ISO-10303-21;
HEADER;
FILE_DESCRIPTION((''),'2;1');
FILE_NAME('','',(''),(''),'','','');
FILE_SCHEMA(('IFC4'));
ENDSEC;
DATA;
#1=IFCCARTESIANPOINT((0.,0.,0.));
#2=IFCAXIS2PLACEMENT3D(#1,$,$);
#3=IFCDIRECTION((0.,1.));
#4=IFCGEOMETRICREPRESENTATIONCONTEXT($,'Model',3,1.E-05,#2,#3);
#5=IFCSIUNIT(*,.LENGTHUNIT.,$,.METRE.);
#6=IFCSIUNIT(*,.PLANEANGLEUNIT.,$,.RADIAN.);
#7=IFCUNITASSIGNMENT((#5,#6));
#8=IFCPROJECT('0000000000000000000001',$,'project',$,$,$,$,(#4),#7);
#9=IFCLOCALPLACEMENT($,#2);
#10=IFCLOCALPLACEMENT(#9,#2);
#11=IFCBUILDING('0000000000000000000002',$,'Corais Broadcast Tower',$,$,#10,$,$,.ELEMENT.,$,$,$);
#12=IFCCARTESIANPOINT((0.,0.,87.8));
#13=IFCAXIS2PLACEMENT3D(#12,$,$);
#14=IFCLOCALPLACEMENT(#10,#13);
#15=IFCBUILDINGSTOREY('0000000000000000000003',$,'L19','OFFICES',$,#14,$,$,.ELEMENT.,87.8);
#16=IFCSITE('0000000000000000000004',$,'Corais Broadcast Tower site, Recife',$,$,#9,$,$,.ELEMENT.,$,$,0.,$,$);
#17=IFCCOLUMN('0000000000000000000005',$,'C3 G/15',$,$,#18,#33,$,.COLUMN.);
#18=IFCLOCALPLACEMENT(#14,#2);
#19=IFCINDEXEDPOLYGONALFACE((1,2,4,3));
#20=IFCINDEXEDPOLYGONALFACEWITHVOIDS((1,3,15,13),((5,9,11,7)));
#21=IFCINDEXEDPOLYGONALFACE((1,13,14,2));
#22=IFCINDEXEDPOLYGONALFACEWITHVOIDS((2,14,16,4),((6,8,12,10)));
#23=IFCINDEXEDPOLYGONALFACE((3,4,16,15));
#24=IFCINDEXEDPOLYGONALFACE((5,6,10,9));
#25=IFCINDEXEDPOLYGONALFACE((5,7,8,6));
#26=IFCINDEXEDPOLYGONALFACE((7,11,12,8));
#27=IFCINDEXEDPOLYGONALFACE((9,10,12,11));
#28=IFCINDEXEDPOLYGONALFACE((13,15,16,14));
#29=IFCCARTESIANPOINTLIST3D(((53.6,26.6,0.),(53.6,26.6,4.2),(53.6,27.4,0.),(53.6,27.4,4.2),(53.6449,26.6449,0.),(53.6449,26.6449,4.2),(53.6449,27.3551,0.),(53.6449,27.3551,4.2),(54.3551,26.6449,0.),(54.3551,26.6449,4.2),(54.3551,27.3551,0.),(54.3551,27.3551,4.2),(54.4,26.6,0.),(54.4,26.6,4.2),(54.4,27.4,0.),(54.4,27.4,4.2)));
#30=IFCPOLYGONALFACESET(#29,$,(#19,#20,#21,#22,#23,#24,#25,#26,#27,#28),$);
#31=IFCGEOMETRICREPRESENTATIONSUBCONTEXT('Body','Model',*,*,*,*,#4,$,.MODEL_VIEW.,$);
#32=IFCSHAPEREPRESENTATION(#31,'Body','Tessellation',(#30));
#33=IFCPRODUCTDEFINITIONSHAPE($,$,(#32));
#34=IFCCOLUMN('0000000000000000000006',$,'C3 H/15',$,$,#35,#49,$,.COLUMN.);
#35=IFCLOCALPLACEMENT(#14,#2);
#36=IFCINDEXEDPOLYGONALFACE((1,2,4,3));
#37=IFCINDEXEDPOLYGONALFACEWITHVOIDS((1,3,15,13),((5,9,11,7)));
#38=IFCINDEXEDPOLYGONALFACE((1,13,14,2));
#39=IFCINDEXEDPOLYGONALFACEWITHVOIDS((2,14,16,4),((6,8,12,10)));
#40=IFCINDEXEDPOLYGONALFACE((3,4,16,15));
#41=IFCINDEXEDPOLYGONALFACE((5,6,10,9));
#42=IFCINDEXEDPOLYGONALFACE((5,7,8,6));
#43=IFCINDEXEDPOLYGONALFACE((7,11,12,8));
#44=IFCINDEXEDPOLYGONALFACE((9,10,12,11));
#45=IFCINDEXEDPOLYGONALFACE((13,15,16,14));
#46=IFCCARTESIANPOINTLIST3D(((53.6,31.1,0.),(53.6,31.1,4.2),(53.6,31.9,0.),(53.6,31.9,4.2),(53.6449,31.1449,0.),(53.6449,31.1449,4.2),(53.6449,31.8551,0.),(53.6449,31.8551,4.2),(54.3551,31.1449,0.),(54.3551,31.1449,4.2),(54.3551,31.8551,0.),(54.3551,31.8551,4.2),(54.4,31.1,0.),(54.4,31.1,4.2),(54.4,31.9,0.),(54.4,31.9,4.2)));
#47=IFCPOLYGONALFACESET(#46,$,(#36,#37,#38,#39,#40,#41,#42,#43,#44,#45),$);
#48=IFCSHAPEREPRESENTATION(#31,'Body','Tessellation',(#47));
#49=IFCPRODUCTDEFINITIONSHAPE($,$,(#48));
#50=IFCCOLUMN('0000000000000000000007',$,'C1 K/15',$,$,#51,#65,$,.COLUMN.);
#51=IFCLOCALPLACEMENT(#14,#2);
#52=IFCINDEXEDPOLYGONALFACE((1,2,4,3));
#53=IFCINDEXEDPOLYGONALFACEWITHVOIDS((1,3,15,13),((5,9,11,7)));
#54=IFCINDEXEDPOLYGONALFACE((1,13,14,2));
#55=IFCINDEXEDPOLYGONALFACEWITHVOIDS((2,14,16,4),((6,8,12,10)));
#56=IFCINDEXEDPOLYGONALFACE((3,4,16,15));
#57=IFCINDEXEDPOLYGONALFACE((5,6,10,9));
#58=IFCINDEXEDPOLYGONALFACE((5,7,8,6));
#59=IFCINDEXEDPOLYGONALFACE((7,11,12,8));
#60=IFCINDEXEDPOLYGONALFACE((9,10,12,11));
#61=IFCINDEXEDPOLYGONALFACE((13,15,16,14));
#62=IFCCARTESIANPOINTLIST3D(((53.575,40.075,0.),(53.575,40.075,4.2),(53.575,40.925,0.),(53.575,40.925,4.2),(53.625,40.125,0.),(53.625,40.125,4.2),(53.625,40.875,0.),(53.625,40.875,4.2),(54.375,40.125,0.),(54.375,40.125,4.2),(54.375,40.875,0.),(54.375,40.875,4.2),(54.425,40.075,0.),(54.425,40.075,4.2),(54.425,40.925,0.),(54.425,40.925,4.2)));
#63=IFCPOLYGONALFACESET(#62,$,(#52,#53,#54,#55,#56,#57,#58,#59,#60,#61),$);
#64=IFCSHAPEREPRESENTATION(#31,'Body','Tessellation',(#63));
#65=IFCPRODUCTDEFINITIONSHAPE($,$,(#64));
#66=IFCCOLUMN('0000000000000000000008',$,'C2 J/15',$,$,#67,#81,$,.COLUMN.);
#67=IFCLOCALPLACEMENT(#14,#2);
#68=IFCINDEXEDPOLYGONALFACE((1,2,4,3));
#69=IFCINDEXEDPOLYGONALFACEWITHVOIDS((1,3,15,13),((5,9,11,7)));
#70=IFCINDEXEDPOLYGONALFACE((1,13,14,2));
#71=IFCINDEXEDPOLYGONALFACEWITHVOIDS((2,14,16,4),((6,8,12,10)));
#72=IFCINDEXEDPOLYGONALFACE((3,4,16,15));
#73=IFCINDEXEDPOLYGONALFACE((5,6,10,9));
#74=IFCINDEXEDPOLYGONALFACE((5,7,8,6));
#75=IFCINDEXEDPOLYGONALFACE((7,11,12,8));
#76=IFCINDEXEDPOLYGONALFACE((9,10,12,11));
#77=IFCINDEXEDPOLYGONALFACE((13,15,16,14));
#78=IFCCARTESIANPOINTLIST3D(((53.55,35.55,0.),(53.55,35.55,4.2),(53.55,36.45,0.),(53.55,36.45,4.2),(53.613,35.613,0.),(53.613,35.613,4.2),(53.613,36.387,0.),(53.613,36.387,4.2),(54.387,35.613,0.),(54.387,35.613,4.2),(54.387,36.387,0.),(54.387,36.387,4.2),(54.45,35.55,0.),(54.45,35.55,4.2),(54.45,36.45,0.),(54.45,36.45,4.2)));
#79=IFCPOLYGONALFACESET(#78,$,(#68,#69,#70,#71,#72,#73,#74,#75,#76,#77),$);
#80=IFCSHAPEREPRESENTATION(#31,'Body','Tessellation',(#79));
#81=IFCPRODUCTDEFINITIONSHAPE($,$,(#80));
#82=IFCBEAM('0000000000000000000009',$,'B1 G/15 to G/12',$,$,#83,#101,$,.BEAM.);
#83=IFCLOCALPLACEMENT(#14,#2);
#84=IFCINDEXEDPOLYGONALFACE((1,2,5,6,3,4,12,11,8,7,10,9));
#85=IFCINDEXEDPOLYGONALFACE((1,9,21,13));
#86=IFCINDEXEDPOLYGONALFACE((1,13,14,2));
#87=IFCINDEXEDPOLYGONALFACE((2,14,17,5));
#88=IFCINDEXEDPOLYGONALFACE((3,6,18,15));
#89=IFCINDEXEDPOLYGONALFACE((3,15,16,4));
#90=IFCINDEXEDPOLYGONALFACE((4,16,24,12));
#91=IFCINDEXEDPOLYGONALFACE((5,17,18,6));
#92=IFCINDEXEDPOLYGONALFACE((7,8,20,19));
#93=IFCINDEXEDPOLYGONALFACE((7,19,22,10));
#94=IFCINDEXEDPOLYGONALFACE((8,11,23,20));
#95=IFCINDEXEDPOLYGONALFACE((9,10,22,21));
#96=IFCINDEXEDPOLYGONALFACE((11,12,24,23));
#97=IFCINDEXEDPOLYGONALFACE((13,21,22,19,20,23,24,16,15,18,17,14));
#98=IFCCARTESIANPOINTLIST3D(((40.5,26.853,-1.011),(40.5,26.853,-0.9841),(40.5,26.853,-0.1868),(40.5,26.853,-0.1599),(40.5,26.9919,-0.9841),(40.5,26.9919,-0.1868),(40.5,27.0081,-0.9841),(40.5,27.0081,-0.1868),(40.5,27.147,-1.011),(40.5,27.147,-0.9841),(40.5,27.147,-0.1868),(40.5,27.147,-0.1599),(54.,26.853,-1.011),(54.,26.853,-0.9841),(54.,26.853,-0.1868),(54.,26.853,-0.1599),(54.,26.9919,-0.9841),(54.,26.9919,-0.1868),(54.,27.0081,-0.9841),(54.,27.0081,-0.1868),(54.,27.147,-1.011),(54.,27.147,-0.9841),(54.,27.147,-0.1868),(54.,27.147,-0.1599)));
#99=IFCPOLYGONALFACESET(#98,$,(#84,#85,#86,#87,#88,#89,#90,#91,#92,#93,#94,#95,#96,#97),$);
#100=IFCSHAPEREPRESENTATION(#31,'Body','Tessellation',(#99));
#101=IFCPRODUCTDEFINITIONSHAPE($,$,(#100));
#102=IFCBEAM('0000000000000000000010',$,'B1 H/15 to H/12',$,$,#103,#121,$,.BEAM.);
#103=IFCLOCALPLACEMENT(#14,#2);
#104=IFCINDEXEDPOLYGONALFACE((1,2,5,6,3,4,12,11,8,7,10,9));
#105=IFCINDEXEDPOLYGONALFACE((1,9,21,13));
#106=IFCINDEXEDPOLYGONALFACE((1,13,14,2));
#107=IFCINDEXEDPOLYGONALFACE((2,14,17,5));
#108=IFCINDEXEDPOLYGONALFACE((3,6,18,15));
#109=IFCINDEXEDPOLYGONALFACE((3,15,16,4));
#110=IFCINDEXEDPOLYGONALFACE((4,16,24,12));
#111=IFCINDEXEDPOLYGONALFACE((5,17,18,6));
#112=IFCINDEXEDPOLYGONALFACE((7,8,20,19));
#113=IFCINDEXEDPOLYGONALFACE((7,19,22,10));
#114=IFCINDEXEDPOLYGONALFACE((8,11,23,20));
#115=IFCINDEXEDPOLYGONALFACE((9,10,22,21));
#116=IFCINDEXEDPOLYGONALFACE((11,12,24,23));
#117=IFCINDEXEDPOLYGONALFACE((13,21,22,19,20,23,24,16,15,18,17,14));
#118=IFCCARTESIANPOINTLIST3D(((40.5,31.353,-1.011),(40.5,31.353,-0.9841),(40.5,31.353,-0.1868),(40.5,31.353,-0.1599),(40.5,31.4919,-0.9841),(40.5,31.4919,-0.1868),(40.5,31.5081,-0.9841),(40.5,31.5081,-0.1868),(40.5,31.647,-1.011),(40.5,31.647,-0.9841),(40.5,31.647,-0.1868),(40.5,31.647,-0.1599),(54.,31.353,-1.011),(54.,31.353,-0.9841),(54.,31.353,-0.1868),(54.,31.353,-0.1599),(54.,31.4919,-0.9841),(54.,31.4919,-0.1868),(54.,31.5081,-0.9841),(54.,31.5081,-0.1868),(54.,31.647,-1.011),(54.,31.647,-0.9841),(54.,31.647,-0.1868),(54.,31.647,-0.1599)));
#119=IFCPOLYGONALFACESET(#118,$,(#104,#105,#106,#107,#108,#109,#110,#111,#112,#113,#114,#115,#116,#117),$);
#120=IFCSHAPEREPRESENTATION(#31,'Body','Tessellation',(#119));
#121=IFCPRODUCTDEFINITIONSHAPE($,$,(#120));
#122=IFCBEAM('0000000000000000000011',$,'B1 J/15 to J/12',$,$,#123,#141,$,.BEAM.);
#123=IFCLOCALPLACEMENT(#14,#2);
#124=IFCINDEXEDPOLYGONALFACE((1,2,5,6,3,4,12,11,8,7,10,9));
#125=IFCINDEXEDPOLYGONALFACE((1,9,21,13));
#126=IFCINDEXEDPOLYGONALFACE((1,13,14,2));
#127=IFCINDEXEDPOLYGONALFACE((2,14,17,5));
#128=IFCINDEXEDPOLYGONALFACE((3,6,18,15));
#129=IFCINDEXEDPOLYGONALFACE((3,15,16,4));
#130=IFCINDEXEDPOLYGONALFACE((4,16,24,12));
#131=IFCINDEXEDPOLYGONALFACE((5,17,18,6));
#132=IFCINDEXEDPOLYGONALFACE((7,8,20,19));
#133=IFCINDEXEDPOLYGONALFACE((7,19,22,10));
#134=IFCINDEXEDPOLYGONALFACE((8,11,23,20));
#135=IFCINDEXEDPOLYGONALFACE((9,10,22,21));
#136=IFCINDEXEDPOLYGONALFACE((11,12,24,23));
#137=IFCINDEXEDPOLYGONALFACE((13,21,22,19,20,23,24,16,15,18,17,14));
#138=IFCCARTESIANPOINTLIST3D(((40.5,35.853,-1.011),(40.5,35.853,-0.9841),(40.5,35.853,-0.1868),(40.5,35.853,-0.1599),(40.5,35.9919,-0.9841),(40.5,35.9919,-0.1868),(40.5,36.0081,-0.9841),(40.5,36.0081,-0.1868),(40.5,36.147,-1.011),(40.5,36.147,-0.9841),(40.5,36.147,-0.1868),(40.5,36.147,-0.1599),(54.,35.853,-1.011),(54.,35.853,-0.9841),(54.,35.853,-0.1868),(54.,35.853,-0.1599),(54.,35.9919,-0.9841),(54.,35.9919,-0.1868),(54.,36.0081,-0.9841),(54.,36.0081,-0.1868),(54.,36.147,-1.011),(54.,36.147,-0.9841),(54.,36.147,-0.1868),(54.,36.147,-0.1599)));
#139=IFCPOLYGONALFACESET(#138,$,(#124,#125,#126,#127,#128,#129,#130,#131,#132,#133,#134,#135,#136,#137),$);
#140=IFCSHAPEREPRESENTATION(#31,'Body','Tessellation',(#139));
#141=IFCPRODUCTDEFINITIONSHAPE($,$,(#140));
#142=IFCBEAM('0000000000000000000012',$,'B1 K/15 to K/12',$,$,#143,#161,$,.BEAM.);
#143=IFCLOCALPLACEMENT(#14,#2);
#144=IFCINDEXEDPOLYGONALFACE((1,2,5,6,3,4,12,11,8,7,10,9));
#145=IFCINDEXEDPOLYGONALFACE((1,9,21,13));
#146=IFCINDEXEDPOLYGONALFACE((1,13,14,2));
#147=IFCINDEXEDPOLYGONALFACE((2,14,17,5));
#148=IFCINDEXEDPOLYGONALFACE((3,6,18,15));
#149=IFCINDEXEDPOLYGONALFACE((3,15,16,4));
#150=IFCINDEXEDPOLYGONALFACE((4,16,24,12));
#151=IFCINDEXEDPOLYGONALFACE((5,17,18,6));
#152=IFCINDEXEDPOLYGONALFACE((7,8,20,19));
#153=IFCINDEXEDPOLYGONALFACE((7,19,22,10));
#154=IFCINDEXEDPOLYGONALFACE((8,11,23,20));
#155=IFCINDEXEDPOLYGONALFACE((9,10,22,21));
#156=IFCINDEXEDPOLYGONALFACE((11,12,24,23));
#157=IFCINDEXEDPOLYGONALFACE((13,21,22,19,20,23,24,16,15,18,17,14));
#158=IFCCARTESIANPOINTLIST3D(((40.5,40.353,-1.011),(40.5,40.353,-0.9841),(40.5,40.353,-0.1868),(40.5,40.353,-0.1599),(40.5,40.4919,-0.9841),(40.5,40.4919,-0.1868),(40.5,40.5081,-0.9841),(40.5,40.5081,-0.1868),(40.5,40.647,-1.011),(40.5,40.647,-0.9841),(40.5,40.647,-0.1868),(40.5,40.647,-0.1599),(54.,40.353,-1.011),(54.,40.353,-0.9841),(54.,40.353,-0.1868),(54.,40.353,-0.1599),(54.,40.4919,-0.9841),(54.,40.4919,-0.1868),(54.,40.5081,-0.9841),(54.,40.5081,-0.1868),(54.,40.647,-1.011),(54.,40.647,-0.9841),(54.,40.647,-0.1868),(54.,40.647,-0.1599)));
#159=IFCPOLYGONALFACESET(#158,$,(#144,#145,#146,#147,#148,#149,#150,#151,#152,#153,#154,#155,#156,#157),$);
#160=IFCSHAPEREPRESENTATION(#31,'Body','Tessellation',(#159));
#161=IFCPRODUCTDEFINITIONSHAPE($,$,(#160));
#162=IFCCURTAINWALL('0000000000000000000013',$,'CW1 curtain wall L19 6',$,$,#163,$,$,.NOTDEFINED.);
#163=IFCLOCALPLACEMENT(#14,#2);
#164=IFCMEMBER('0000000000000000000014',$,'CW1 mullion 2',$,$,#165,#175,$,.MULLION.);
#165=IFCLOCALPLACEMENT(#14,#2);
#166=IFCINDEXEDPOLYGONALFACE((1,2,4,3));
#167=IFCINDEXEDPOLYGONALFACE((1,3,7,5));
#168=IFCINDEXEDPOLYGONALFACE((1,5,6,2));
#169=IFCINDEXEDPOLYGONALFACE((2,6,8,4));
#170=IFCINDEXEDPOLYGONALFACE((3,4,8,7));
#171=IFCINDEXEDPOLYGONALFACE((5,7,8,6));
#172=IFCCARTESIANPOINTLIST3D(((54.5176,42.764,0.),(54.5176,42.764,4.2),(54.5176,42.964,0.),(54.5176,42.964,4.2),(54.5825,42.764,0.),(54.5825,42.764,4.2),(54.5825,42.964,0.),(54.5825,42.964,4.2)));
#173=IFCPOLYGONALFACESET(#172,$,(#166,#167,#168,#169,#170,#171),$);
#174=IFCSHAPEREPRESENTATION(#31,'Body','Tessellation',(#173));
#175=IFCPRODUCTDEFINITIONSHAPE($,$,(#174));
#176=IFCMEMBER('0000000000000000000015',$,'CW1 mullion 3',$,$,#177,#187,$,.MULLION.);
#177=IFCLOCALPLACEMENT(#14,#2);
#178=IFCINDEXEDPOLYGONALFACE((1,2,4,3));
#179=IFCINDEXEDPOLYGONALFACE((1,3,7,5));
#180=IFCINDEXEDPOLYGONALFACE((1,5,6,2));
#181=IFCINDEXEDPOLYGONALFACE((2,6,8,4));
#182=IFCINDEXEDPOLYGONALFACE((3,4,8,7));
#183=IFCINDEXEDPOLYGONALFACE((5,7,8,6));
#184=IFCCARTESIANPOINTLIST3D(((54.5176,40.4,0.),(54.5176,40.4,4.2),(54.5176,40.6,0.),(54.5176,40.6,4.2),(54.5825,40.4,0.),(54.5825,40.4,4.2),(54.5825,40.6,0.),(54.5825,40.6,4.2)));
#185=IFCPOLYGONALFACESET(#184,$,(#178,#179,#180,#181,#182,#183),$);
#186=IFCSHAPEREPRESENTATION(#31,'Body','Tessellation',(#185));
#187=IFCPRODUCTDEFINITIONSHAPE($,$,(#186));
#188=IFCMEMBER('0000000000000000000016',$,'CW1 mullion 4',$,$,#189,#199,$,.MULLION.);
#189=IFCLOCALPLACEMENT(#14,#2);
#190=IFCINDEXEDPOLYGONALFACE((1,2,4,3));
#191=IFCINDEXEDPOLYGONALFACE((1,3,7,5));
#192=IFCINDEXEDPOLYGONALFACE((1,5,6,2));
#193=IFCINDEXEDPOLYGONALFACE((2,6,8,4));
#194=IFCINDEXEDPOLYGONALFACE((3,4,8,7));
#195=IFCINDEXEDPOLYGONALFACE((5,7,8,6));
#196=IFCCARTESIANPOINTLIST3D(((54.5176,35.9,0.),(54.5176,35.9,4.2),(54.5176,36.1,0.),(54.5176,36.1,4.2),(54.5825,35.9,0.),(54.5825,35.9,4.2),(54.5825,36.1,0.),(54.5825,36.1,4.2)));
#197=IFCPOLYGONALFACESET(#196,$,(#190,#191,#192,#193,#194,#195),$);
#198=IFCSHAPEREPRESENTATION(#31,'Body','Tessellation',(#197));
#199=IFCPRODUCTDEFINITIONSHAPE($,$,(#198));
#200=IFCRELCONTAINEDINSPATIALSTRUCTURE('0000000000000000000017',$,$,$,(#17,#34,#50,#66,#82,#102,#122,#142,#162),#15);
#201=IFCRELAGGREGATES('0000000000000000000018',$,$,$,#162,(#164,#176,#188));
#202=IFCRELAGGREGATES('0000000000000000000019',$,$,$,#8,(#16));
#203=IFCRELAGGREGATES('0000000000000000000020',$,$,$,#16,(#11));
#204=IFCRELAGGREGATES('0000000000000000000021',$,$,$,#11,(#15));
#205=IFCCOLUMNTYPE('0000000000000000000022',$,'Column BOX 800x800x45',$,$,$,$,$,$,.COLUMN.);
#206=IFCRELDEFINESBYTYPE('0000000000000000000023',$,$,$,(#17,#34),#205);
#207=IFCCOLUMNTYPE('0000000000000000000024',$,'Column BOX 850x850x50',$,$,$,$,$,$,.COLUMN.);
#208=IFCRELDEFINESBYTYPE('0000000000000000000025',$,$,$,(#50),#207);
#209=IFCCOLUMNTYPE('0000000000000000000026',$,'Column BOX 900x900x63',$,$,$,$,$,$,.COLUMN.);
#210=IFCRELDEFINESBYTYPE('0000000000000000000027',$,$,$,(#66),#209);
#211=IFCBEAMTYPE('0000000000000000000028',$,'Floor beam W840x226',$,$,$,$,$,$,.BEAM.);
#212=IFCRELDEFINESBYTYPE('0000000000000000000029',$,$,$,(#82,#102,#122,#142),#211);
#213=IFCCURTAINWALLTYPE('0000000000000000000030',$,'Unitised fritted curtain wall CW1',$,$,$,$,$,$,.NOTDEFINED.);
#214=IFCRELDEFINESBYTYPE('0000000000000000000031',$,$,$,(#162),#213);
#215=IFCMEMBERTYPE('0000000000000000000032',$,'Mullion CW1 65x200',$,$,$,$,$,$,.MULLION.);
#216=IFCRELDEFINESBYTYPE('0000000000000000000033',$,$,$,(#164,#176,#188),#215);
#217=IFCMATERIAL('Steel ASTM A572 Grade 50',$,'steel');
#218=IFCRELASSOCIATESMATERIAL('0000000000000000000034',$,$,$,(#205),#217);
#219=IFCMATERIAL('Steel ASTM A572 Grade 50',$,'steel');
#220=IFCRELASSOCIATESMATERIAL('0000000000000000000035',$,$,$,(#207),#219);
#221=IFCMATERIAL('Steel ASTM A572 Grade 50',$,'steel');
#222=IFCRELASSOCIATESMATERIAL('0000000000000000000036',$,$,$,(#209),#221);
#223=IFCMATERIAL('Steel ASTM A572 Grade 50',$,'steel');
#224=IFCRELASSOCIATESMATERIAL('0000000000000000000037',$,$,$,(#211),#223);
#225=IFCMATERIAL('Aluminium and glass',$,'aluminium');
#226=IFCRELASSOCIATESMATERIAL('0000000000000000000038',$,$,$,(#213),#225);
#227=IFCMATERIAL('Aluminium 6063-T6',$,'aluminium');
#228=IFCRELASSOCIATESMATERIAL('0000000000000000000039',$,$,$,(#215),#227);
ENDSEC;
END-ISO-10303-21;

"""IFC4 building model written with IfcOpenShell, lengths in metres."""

from ifc_helpers import new_model, si_unit, direction, frame, origin, origin_2d, place, context, subcontext, project, spatial, rectangle, hollow_rectangle, i_section, extrude, material, material_profile, profile_set, type_object, element, aggregate, save


model = new_model("IFC4")

# Units and contexts
model_context = context("Model", 3, precision=1e-05, world=origin(), true_north=direction((0.0, 1.0)))
body_context = subcontext(model_context, "Body", "Model", "MODEL_VIEW")
ifc_project = project(units=[si_unit("LENGTHUNIT", "METRE"), si_unit("PLANEANGLEUNIT", "RADIAN")], contexts=[model_context])

# Site, building, storey
site_placement = place(None, origin())
site = spatial("IfcSite", under=ifc_project, at=site_placement, Name="Corais Broadcast Tower site, Recife", CompositionType="ELEMENT", RefElevation=0.0)
building_placement = place(site_placement, origin())
building = spatial("IfcBuilding", under=site, at=building_placement, Name="Corais Broadcast Tower", CompositionType="ELEMENT")
storey_placement = place(building_placement, frame((0.0, 0.0, 87.8)))
storey = spatial("IfcBuildingStorey", under=building, at=storey_placement, Name="L19", Description="OFFICES", CompositionType="ELEMENT", Elevation=87.8)

# Columns
ifc_material_1 = material(Name="Steel ASTM A572 Grade 50", Category="steel")
ifc_material_profile_1 = material_profile(ifc_material_1, hollow_rectangle(XDim=0.8, YDim=0.8, WallThickness=0.0449, at=origin_2d()), Name="BOX 800x800x45")
ifc_profile_set_1 = profile_set([ifc_material_profile_1], Name="Steel ASTM A572 Grade 50")
column_type_1 = type_object("IfcColumnType", Name="Column BOX 800x800x45", PredefinedType="COLUMN", material=ifc_profile_set_1)
for number, where, z_axis, x_axis, name in (
    (1, (54.0, 27.0, 0.0), (0.0, 0.0, 1.0), (1.0, 0.0, 0.0), "C3 G/15"),
    (2, (54.0, 31.5, 0.0), (0.0, 0.0, 1.0), (1.0, 0.0, 0.0), "C3 H/15"),
):
    element("IfcColumn", number, at=place(storey_placement, frame(where, z_axis=z_axis, x_axis=x_axis)), inside=storey, type_object=column_type_1, Name=name, PredefinedType="COLUMN", context=body_context, shape_type="SweptSolid", body=[
        extrude(hollow_rectangle(XDim=0.8, YDim=0.8, WallThickness=0.0449, at=origin_2d()), origin(), (0.0, 0.0, 1.0), 4.2),
    ])
ifc_material_2 = material(Name="Steel ASTM A572 Grade 50", Category="steel")
ifc_material_profile_2 = material_profile(ifc_material_2, hollow_rectangle(XDim=0.8501, YDim=0.8501, WallThickness=0.05, at=origin_2d()), Name="BOX 850x850x50")
ifc_profile_set_2 = profile_set([ifc_material_profile_2], Name="Steel ASTM A572 Grade 50")
column_type_2 = type_object("IfcColumnType", Name="Column BOX 850x850x50", PredefinedType="COLUMN", material=ifc_profile_set_2)
column_1_placement = place(storey_placement, frame((54.0, 40.5, 0.0), z_axis=(0.0, 0.0, 1.0), x_axis=(1.0, 0.0, 0.0)))
element("IfcColumn", 3, at=column_1_placement, inside=storey, type_object=column_type_2, Name="C1 K/15", PredefinedType="COLUMN", context=body_context, shape_type="SweptSolid", body=[
    extrude(hollow_rectangle(XDim=0.8501, YDim=0.8501, WallThickness=0.05, at=origin_2d()), origin(), (0.0, 0.0, 1.0), 4.2),
])
ifc_material_3 = material(Name="Steel ASTM A572 Grade 50", Category="steel")
ifc_material_profile_3 = material_profile(ifc_material_3, hollow_rectangle(XDim=0.8999, YDim=0.8999, WallThickness=0.063, at=origin_2d()), Name="BOX 900x900x63")
ifc_profile_set_3 = profile_set([ifc_material_profile_3], Name="Steel ASTM A572 Grade 50")
column_type_3 = type_object("IfcColumnType", Name="Column BOX 900x900x63", PredefinedType="COLUMN", material=ifc_profile_set_3)
column_2_placement = place(storey_placement, frame((54.0, 36.0, 0.0), z_axis=(0.0, 0.0, 1.0), x_axis=(1.0, 0.0, 0.0)))
element("IfcColumn", 4, at=column_2_placement, inside=storey, type_object=column_type_3, Name="C2 J/15", PredefinedType="COLUMN", context=body_context, shape_type="SweptSolid", body=[
    extrude(hollow_rectangle(XDim=0.8999, YDim=0.8999, WallThickness=0.063, at=origin_2d()), origin(), (0.0, 0.0, 1.0), 4.2),
])

# Beams
ifc_material_4 = material(Name="Steel ASTM A572 Grade 50", Category="steel")
ifc_material_profile_4 = material_profile(ifc_material_4, i_section(OverallWidth=0.2939, OverallDepth=0.8511, WebThickness=0.0161, FlangeThickness=0.0269, at=origin_2d()), Name="W840x226")
ifc_profile_set_4 = profile_set([ifc_material_profile_4], Name="Steel ASTM A572 Grade 50")
beam_type_1 = type_object("IfcBeamType", Name="Floor beam W840x226", PredefinedType="BEAM", material=ifc_profile_set_4)
for number, where, z_axis, x_axis, name in (
    (5, (54.0, 27.0, -0.5854), (-1.0, 0.0, 0.0), (0.0, -1.0, 0.0), "B1 G/15 to G/12"),
    (6, (54.0, 31.5, -0.5854), (-1.0, 0.0, 0.0), (0.0, -1.0, 0.0), "B1 H/15 to H/12"),
    (7, (54.0, 36.0, -0.5854), (-1.0, 0.0, 0.0), (0.0, -1.0, 0.0), "B1 J/15 to J/12"),
    (8, (54.0, 40.5, -0.5854), (-1.0, 0.0, 0.0), (0.0, -1.0, 0.0), "B1 K/15 to K/12"),
):
    element("IfcBeam", number, at=place(storey_placement, frame(where, z_axis=z_axis, x_axis=x_axis)), inside=storey, type_object=beam_type_1, Name=name, PredefinedType="BEAM", context=body_context, shape_type="SweptSolid", body=[
        extrude(i_section(OverallWidth=0.2939, OverallDepth=0.8511, WebThickness=0.0161, FlangeThickness=0.0269, at=origin_2d()), origin(), (0.0, 0.0, 1.0), 13.5),
    ])

# Curtain wall, members
ifc_material_5 = material(Name="Aluminium and glass", Category="aluminium")
curtain_wall_type = type_object("IfcCurtainWallType", Name="Unitised fritted curtain wall CW1", PredefinedType="NOTDEFINED", material=ifc_material_5)
curtain_wall_placement = place(storey_placement, origin())
curtain_wall = element("IfcCurtainWall", 9, at=curtain_wall_placement, inside=storey, type_object=curtain_wall_type, Name="CW1 curtain wall L19 6", PredefinedType="NOTDEFINED")
ifc_material_6 = material(Name="Aluminium 6063-T6", Category="aluminium")
ifc_material_profile_5 = material_profile(ifc_material_6, rectangle(XDim=0.0649, YDim=0.2, at=origin_2d()), Name="Mullion CW1 65x200")
ifc_profile_set_5 = profile_set([ifc_material_profile_5], Name="Aluminium 6063-T6")
member_type_1 = type_object("IfcMemberType", Name="Mullion CW1 65x200", PredefinedType="MULLION", material=ifc_profile_set_5)
member_1_placement = place(storey_placement, frame((54.55, 42.864, 0.0), z_axis=(0.0, 0.0, 1.0), x_axis=(1.0, 0.0, 0.0)))
member_1 = element("IfcMember", 10, at=member_1_placement, type_object=member_type_1, Name="CW1 mullion 2", PredefinedType="MULLION", context=body_context, shape_type="SweptSolid", body=[
    extrude(rectangle(XDim=0.0649, YDim=0.2, at=origin_2d()), origin(), (0.0, 0.0, 1.0), 4.2),
])
member_2_placement = place(storey_placement, frame((54.55, 40.5, 0.0), z_axis=(0.0, 0.0, 1.0), x_axis=(1.0, 0.0, 0.0)))
member_2 = element("IfcMember", 11, at=member_2_placement, type_object=member_type_1, Name="CW1 mullion 3", PredefinedType="MULLION", context=body_context, shape_type="SweptSolid", body=[
    extrude(rectangle(XDim=0.0649, YDim=0.2, at=origin_2d()), origin(), (0.0, 0.0, 1.0), 4.2),
])
member_3_placement = place(storey_placement, frame((54.55, 36.0, 0.0), z_axis=(0.0, 0.0, 1.0), x_axis=(1.0, 0.0, 0.0)))
member_3 = element("IfcMember", 12, at=member_3_placement, type_object=member_type_1, Name="CW1 mullion 4", PredefinedType="MULLION", context=body_context, shape_type="SweptSolid", body=[
    extrude(rectangle(XDim=0.0649, YDim=0.2, at=origin_2d()), origin(), (0.0, 0.0, 1.0), 4.2),
])

aggregate(curtain_wall, [member_1, member_2, member_3])

save(model, "model.ifc")
